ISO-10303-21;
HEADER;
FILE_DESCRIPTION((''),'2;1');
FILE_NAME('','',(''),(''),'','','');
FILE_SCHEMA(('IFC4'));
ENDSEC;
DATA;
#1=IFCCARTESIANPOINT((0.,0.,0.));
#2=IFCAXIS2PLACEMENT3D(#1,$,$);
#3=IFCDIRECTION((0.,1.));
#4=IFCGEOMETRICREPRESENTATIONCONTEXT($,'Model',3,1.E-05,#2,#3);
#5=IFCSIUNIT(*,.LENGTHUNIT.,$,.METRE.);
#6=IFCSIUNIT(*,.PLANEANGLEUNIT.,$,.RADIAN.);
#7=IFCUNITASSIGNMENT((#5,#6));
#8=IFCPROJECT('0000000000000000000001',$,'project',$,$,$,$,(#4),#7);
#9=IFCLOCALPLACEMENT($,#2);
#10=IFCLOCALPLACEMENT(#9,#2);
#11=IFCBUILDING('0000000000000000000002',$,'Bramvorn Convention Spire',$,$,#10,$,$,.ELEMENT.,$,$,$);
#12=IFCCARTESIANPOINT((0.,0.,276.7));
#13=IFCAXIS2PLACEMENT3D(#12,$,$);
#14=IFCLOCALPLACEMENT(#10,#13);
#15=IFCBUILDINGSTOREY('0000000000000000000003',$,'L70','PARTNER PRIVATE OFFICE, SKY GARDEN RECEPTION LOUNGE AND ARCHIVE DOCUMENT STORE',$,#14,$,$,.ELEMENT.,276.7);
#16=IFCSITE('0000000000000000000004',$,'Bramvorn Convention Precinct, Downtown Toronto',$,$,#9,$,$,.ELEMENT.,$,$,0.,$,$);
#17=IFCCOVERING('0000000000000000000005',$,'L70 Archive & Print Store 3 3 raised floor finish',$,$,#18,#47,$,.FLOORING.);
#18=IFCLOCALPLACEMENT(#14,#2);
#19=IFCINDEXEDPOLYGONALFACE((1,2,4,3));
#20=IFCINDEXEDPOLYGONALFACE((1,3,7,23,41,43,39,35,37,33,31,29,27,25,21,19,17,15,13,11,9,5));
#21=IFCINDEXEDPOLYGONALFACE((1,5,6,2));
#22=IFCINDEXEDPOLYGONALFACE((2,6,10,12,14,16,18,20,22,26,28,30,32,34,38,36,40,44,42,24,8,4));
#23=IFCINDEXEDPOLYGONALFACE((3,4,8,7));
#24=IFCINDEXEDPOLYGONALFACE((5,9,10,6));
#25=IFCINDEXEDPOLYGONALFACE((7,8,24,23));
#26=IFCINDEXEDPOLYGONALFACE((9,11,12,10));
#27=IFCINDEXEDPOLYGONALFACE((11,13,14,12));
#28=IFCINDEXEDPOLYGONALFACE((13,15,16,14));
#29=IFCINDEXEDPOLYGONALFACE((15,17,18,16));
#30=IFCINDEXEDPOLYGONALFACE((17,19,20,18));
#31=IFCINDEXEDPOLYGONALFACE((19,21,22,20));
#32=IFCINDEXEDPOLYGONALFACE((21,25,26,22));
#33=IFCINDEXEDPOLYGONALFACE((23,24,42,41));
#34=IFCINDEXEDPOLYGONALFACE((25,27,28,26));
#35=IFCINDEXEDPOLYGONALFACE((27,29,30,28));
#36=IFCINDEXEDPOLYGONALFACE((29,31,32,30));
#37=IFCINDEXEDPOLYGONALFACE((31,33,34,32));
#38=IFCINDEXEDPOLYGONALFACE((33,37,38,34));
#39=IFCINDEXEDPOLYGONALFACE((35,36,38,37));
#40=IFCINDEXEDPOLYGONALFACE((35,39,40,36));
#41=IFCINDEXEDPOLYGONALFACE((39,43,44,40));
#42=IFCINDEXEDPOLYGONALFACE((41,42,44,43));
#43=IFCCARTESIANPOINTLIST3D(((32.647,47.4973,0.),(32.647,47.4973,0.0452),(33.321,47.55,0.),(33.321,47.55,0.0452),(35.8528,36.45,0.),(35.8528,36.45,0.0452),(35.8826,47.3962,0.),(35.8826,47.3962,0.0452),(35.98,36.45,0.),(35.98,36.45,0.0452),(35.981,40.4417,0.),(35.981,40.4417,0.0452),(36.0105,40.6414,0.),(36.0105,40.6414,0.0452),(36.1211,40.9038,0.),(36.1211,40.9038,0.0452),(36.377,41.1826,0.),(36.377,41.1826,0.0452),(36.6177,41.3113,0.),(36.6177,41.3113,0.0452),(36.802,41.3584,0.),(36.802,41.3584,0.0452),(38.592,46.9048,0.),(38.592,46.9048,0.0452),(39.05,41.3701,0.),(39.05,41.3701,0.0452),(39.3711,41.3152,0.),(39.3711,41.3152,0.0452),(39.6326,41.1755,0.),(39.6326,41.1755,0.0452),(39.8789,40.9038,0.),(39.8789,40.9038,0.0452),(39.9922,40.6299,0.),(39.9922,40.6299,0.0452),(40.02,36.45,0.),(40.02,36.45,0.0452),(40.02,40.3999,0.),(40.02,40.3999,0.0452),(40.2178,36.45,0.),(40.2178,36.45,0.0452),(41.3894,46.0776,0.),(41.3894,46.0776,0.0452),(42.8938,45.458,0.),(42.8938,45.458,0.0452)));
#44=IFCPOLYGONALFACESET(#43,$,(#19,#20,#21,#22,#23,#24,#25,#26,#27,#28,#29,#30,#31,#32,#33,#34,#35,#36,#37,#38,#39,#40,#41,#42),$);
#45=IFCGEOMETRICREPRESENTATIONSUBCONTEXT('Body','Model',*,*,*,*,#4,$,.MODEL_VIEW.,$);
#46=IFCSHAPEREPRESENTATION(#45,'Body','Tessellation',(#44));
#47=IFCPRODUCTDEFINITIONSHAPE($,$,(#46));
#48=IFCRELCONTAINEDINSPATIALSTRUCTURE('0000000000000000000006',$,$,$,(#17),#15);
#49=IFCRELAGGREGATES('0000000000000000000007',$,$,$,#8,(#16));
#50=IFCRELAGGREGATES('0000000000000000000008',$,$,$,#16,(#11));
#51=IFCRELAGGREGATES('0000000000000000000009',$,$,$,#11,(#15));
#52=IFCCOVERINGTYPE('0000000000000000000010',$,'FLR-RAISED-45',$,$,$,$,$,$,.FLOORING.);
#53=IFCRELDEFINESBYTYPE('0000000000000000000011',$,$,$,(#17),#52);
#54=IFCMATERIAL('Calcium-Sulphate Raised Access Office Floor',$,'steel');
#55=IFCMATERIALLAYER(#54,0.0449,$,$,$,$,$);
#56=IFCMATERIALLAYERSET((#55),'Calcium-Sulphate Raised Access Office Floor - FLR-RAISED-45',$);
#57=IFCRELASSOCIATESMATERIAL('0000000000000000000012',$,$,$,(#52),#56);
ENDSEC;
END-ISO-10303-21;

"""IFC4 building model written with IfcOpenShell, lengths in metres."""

from ifc_helpers import new_model, si_unit, direction, frame, origin, place, context, subcontext, project, spatial, polyline, outline, extrude, material, layer, layer_set, type_object, element, save


model = new_model("IFC4")

# Units and contexts
model_context = context("Model", 3, precision=1e-05, world=origin(), true_north=direction((0.0, 1.0)))
body_context = subcontext(model_context, "Body", "Model", "MODEL_VIEW")
ifc_project = project(units=[si_unit("LENGTHUNIT", "METRE"), si_unit("PLANEANGLEUNIT", "RADIAN")], contexts=[model_context])

# Site, building, storey
site_placement = place(None, origin())
site = spatial("IfcSite", under=ifc_project, at=site_placement, Name="Bramvorn Convention Precinct, Downtown Toronto", CompositionType="ELEMENT", RefElevation=0.0)
building_placement = place(site_placement, origin())
building = spatial("IfcBuilding", under=site, at=building_placement, Name="Bramvorn Convention Spire", CompositionType="ELEMENT")
storey_placement = place(building_placement, frame((0.0, 0.0, 276.7)))
storey = spatial("IfcBuildingStorey", under=building, at=storey_placement, Name="L70", Description="PARTNER PRIVATE OFFICE, SKY GARDEN RECEPTION LOUNGE AND ARCHIVE DOCUMENT STORE", CompositionType="ELEMENT", Elevation=276.7)

# Covering
ifc_material_1 = material(Name="Calcium-Sulphate Raised Access Office Floor", Category="steel")
ifc_layer_1 = layer(ifc_material_1, 0.0449)
ifc_layer_set_1 = layer_set([ifc_layer_1], Name="Calcium-Sulphate Raised Access Office Floor - FLR-RAISED-45")
covering_type_1 = type_object("IfcCoveringType", Name="FLR-RAISED-45", PredefinedType="FLOORING", material=ifc_layer_set_1)
covering_1_placement = place(storey_placement, origin())
element("IfcCovering", 1, at=covering_1_placement, inside=storey, type_object=covering_type_1, Name="L70 Archive & Print Store 3 3 raised floor finish", PredefinedType="FLOORING", context=body_context, shape_type="SweptSolid", body=[
    extrude(outline(polyline([(33.321, 47.55), (32.647, 47.4973), (35.8528, 36.45), (35.98, 36.45), (35.981, 40.4417), (36.0105, 40.6414), (36.1211, 40.9038), (36.377, 41.1826), (36.6177, 41.3113), (36.802, 41.3584), (39.05, 41.3701), (39.3711, 41.3152), (39.6326, 41.1755), (39.8789, 40.9038), (39.9922, 40.6299), (40.02, 40.3999), (40.02, 36.45), (40.2178, 36.45), (42.8938, 45.458), (41.3894, 46.0776), (38.592, 46.9048), (35.8826, 47.3962), (33.321, 47.55)])), origin(), (0.0, 0.0, 1.0), 0.0452),
])

save(model, "model.ifc")
